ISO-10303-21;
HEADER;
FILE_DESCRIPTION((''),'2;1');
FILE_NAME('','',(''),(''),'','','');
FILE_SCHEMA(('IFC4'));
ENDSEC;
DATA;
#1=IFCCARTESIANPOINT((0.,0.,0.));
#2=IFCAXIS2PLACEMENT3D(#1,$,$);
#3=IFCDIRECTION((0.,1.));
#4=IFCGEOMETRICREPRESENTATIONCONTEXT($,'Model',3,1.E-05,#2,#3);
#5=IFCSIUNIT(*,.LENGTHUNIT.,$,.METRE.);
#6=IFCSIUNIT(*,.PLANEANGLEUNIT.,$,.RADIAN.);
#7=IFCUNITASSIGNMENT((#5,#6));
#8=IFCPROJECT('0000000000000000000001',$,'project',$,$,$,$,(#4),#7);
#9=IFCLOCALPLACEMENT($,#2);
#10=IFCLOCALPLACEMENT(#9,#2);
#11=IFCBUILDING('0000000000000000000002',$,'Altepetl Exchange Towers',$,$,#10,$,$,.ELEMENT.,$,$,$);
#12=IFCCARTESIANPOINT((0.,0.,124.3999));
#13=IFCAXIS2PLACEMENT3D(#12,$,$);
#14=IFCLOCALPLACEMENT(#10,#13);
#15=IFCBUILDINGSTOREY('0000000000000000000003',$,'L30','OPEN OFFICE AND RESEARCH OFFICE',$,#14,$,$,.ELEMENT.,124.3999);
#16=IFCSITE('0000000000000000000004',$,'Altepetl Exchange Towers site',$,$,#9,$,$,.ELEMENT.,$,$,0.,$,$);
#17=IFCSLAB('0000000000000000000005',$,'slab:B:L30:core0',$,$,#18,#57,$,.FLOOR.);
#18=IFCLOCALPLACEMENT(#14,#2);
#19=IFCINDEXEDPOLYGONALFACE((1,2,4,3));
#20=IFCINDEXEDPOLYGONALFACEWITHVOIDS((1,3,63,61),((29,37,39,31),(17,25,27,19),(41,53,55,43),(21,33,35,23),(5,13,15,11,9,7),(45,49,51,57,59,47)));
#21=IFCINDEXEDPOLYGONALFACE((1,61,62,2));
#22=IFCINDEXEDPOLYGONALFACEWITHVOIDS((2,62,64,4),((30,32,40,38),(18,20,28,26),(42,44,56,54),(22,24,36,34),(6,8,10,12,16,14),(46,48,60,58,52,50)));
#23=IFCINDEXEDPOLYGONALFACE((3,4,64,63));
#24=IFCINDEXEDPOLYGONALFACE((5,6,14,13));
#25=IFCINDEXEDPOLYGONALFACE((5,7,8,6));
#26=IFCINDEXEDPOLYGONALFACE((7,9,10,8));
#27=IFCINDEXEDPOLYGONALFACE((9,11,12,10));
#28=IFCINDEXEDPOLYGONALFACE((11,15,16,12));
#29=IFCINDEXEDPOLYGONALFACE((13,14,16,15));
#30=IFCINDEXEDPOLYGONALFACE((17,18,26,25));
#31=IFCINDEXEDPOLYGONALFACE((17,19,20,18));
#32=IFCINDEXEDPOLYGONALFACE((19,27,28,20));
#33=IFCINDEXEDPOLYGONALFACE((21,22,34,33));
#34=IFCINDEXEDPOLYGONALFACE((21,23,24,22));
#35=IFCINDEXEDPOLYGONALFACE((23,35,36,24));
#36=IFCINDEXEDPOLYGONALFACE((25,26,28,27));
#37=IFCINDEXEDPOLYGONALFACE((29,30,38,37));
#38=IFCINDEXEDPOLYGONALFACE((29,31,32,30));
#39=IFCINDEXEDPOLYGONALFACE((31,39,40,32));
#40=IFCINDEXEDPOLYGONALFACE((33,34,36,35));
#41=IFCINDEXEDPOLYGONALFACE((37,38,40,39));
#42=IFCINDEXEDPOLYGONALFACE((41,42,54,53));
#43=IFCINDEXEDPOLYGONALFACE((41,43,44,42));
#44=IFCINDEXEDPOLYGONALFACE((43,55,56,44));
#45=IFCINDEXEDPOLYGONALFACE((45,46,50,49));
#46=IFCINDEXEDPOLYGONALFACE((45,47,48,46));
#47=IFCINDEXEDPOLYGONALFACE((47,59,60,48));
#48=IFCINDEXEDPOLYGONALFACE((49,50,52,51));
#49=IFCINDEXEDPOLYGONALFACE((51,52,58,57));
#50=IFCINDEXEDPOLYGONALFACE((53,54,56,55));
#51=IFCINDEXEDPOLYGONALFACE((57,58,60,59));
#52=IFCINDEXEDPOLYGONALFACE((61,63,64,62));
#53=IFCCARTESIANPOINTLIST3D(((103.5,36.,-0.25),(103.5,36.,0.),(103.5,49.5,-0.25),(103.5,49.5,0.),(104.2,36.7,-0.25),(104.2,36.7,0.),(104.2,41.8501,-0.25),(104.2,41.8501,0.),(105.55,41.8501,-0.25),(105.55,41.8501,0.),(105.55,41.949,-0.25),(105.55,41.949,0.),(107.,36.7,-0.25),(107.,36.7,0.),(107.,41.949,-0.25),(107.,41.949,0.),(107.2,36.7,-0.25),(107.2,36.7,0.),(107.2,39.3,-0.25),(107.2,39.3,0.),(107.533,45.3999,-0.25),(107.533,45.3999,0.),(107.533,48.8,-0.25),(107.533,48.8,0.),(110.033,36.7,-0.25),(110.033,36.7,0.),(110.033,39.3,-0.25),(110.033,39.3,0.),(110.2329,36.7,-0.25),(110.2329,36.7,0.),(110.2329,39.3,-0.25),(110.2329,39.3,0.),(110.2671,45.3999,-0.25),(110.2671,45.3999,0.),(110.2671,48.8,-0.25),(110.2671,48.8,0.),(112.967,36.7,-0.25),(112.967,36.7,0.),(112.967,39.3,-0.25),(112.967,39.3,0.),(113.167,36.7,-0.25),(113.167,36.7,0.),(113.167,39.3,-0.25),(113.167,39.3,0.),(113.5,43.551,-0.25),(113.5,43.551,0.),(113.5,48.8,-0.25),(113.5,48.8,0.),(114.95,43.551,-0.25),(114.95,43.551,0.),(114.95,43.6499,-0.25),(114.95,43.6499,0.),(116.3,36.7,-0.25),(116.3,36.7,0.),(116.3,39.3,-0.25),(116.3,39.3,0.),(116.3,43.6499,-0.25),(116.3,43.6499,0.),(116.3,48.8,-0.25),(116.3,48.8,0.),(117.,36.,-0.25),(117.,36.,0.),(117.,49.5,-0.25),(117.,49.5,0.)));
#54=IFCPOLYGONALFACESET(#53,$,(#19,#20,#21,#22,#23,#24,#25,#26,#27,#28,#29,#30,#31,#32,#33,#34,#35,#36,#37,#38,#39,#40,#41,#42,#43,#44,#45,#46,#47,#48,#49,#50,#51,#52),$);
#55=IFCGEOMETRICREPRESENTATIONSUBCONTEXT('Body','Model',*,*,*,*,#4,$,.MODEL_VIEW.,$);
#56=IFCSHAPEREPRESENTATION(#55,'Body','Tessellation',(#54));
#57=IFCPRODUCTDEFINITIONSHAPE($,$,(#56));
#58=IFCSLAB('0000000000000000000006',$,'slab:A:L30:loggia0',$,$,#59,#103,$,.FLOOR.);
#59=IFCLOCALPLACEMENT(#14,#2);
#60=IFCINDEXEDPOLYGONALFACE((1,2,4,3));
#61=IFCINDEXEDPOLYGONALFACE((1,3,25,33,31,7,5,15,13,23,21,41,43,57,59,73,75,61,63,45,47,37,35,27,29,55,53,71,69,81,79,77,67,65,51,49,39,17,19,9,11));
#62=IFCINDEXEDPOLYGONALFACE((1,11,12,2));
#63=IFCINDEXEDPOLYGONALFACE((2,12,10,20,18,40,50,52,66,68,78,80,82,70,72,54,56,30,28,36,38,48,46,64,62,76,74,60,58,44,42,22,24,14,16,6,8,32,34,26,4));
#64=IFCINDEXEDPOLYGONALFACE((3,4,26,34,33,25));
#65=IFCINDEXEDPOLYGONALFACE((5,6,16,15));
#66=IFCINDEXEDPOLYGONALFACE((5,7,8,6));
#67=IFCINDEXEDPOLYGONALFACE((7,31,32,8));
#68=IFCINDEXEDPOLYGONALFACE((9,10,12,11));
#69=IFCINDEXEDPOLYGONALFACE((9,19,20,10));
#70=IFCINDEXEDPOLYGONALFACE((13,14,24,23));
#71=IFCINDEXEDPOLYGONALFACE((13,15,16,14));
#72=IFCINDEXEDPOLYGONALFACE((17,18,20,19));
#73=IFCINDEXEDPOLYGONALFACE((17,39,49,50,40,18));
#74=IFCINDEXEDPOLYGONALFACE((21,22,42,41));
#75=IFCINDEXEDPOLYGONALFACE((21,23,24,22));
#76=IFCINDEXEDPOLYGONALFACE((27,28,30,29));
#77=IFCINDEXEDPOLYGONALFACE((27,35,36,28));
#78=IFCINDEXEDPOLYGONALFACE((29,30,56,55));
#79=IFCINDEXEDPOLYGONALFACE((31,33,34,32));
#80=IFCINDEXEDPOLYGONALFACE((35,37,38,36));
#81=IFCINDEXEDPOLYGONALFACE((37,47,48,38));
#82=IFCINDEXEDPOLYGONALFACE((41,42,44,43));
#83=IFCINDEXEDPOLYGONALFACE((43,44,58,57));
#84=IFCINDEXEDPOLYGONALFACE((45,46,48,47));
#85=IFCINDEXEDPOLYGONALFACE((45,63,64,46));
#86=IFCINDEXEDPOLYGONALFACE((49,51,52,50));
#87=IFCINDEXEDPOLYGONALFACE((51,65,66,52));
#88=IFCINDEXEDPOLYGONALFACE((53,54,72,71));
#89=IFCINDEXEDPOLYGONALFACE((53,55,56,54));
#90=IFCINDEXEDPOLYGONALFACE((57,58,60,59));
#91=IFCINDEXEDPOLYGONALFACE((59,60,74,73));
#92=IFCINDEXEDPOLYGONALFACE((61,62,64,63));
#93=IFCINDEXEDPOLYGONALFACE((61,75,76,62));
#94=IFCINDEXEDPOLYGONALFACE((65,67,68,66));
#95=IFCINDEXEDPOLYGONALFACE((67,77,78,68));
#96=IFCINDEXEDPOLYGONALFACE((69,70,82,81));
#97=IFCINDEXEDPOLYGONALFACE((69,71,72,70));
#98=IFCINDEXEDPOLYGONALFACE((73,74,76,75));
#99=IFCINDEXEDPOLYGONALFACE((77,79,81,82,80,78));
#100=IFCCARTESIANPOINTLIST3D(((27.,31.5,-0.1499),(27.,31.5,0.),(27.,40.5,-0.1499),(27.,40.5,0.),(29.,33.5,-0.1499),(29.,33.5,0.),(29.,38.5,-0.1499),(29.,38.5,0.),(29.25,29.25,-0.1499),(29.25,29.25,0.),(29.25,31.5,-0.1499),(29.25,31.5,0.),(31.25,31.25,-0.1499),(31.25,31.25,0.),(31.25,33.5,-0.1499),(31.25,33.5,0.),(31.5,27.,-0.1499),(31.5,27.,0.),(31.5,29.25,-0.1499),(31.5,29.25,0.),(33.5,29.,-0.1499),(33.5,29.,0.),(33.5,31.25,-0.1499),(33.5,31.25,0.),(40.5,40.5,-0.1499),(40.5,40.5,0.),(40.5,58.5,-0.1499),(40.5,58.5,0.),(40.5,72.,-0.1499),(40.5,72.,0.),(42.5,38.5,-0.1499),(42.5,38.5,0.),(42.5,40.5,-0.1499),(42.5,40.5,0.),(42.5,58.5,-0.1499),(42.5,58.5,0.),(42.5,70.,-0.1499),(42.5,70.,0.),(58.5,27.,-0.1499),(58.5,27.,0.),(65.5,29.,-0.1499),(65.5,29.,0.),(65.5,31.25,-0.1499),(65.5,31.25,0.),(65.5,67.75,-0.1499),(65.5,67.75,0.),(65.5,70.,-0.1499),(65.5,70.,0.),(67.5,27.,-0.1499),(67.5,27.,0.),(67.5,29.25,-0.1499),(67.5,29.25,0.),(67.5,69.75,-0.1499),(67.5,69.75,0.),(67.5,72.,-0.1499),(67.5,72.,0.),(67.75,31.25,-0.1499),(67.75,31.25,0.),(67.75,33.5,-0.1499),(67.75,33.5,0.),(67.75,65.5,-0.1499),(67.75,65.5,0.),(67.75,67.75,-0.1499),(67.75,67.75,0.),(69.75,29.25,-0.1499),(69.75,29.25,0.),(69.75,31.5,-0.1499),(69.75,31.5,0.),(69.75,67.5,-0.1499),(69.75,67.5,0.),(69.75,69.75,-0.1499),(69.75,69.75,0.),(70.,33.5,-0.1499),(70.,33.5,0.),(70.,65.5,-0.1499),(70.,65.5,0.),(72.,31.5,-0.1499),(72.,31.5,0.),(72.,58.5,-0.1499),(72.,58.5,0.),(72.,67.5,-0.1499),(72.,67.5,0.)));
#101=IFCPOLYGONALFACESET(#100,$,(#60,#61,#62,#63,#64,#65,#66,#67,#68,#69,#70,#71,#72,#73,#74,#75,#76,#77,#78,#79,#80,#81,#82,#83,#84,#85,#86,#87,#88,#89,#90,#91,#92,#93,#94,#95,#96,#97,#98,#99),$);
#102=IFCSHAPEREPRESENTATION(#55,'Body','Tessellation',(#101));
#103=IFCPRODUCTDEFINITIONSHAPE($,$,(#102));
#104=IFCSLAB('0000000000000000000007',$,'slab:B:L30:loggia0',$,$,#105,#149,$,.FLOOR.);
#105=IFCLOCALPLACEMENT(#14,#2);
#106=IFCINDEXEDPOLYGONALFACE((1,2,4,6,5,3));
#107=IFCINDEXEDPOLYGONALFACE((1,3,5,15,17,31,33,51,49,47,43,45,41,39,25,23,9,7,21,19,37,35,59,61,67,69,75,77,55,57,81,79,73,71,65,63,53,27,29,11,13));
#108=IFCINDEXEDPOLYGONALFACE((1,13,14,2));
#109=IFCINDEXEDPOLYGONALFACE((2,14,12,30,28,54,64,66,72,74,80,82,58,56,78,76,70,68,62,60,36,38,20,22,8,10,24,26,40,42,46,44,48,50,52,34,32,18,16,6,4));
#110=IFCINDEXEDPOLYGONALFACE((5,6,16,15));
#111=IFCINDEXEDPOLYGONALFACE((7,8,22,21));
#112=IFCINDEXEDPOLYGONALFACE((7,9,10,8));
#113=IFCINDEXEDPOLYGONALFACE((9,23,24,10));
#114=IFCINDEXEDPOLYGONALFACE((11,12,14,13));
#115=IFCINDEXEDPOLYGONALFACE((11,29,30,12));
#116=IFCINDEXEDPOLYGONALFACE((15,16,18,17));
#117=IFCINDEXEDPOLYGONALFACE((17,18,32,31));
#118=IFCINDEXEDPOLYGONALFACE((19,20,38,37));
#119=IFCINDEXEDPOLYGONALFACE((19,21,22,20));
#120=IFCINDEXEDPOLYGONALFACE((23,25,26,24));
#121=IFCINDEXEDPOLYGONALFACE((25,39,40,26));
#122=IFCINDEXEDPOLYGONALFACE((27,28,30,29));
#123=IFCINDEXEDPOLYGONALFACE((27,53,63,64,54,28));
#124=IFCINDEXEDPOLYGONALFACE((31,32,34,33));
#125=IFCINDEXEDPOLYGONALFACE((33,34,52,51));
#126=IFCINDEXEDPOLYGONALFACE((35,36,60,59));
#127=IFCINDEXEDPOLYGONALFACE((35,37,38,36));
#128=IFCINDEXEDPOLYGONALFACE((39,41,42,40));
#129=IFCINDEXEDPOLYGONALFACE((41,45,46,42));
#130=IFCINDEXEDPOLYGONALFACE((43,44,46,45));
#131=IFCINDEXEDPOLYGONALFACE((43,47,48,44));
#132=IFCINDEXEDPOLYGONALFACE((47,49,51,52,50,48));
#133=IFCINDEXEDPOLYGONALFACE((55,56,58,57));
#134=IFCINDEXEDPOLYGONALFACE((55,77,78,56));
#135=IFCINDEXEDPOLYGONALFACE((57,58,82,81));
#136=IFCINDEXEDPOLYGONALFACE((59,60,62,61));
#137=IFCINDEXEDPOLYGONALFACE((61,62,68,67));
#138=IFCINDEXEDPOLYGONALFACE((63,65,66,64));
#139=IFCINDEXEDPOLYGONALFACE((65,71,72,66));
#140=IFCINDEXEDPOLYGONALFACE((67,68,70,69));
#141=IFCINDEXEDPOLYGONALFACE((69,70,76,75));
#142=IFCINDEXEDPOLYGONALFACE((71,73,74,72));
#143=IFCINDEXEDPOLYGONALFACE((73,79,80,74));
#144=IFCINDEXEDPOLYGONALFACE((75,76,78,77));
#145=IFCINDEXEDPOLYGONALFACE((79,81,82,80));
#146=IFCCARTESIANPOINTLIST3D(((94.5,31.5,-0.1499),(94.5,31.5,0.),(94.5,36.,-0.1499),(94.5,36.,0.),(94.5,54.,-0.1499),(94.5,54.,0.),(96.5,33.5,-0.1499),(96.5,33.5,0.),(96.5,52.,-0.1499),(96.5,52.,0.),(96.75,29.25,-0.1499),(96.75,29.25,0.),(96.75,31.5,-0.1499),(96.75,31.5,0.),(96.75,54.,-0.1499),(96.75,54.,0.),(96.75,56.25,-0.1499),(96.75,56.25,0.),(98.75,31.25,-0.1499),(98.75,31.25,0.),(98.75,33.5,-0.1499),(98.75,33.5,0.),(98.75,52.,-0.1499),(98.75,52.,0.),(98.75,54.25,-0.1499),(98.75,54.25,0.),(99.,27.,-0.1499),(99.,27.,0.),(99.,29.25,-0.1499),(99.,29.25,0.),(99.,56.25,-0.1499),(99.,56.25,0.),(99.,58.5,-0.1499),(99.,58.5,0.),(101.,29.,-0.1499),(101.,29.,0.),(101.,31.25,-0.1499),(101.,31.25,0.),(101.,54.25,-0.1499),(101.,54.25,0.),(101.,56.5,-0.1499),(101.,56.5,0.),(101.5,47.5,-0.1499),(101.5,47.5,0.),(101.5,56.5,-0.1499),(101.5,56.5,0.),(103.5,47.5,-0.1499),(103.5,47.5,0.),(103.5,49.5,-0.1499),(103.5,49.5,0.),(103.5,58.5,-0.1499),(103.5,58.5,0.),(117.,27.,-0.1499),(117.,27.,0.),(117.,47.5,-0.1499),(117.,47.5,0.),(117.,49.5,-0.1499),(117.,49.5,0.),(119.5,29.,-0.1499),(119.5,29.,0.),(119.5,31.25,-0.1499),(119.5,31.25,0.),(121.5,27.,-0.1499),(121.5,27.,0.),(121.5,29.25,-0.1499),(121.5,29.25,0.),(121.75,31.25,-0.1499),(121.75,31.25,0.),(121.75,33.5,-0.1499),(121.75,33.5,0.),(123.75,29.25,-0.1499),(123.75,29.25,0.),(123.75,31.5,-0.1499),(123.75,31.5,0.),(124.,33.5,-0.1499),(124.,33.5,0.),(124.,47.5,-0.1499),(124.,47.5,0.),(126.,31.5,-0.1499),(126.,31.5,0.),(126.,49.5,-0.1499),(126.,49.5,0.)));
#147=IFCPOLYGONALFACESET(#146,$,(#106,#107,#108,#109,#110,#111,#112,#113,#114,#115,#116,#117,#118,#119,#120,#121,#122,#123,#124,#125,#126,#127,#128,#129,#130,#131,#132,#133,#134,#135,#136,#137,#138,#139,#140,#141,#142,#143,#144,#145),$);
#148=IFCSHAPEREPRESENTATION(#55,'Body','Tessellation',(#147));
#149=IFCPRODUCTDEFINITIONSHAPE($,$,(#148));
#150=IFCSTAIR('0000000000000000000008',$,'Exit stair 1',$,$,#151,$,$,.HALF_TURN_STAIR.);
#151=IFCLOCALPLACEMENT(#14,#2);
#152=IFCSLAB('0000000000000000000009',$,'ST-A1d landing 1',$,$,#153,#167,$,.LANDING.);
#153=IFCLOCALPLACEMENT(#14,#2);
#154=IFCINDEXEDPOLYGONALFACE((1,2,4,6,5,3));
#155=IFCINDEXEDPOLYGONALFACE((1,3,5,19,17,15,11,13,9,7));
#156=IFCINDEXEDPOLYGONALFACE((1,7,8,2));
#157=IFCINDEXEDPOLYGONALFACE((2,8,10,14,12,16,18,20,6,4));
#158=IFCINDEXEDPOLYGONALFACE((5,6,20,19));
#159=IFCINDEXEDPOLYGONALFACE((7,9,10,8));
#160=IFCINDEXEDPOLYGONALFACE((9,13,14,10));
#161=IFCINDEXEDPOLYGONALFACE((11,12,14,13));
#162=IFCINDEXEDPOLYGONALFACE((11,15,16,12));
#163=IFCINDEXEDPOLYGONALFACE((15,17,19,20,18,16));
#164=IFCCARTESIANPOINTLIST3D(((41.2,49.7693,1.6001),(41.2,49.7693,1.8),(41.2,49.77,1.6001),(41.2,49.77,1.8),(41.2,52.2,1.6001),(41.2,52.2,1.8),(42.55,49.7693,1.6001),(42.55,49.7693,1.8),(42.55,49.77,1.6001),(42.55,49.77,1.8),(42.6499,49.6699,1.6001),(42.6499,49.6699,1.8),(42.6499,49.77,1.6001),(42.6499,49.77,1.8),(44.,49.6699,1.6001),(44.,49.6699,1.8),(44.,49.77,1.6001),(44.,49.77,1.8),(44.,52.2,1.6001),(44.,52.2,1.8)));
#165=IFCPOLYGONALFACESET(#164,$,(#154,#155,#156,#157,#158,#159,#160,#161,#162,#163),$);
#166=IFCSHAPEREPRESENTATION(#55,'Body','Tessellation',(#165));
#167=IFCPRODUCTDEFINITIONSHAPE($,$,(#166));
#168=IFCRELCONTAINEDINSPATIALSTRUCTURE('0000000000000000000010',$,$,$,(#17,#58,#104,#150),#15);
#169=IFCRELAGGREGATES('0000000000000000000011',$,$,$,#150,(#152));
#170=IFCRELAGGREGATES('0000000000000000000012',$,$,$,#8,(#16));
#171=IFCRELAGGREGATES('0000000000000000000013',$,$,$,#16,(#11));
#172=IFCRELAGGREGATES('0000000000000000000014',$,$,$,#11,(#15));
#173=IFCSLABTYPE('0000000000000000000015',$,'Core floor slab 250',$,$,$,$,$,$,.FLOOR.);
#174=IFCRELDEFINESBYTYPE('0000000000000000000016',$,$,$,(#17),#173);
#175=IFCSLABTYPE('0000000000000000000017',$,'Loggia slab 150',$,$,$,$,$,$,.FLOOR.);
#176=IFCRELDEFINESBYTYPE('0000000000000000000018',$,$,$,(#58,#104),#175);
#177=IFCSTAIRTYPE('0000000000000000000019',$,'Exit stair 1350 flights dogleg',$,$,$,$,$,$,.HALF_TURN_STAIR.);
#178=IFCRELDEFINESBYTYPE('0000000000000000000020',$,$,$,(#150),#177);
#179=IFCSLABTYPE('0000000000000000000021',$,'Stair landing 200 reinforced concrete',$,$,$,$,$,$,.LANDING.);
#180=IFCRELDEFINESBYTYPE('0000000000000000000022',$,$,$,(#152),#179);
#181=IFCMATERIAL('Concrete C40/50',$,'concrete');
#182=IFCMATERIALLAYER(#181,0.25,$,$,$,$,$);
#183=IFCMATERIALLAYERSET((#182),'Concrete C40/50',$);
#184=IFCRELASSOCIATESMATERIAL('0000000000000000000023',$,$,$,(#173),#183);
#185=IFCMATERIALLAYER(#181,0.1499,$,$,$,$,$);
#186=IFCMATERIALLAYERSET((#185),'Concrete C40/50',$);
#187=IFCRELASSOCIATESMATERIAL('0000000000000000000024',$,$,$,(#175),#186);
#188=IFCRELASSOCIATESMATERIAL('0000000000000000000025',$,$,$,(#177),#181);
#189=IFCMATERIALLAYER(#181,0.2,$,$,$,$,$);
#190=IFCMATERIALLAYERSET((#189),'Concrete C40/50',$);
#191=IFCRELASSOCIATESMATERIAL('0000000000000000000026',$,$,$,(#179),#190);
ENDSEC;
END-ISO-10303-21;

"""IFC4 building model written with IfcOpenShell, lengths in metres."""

from ifc_helpers import new_model, si_unit, direction, frame, origin, place, context, subcontext, project, spatial, polyline, outline, extrude, material, layer, layer_set, type_object, element, aggregate, save


model = new_model("IFC4")

# Units and contexts
model_context = context("Model", 3, precision=1e-05, world=origin(), true_north=direction((0.0, 1.0)))
body_context = subcontext(model_context, "Body", "Model", "MODEL_VIEW")
ifc_project = project(units=[si_unit("LENGTHUNIT", "METRE"), si_unit("PLANEANGLEUNIT", "RADIAN")], contexts=[model_context])

# Site, building, storey
site_placement = place(None, origin())
site = spatial("IfcSite", under=ifc_project, at=site_placement, Name="Altepetl Exchange Towers site", CompositionType="ELEMENT", RefElevation=0.0)
building_placement = place(site_placement, origin())
building = spatial("IfcBuilding", under=site, at=building_placement, Name="Altepetl Exchange Towers", CompositionType="ELEMENT")
storey_placement = place(building_placement, frame((0.0, 0.0, 124.3999)))
storey = spatial("IfcBuildingStorey", under=building, at=storey_placement, Name="L30", Description="OPEN OFFICE AND RESEARCH OFFICE", CompositionType="ELEMENT", Elevation=124.3999)

# Slabs
ifc_material_1 = material(Name="Concrete C40/50", Category="concrete")
ifc_layer_1 = layer(ifc_material_1, 0.25)
ifc_layer_set_1 = layer_set([ifc_layer_1], Name="Concrete C40/50")
slab_type_1 = type_object("IfcSlabType", Name="Core floor slab 250", PredefinedType="FLOOR", material=ifc_layer_set_1)
slab_1_placement = place(storey_placement, frame((0.0, 0.0, -0.25)))
element("IfcSlab", 1, at=slab_1_placement, inside=storey, type_object=slab_type_1, Name="slab:B:L30:core0", PredefinedType="FLOOR", context=body_context, shape_type="SweptSolid", body=[
    extrude(outline(polyline([(103.5, 36.0), (117.0, 36.0), (117.0, 49.5), (103.5, 49.5), (103.5, 36.0)]), holes=[polyline([(107.2, 36.7), (107.2, 39.3), (110.033, 39.3), (110.033, 36.7), (107.2, 36.7)]), polyline([(110.2329, 39.3), (112.967, 39.3), (112.967, 36.7), (110.2329, 36.7), (110.2329, 39.3)]), polyline([(113.167, 39.3), (116.3, 39.3), (116.3, 36.7), (113.167, 36.7), (113.167, 39.3)]), polyline([(107.0, 36.7), (104.2, 36.7), (104.2, 41.8501), (105.55, 41.8501), (105.55, 41.949), (107.0, 41.949), (107.0, 36.7)]), polyline([(116.3, 48.8), (116.3, 43.6499), (114.95, 43.6499), (114.95, 43.551), (113.5, 43.551), (113.5, 48.8), (116.3, 48.8)]), polyline([(107.533, 48.8), (110.2671, 48.8), (110.2671, 45.3999), (107.533, 45.3999), (107.533, 48.8)])]), origin(), (0.0, 0.0, 1.0), 0.25),
])
ifc_layer_2 = layer(ifc_material_1, 0.1499)
ifc_layer_set_2 = layer_set([ifc_layer_2], Name="Concrete C40/50")
slab_type_2 = type_object("IfcSlabType", Name="Loggia slab 150", PredefinedType="FLOOR", material=ifc_layer_set_2)
slab_2_placement = place(storey_placement, frame((0.0, 0.0, -0.1499)))
element("IfcSlab", 2, at=slab_2_placement, inside=storey, type_object=slab_type_2, Name="slab:A:L30:loggia0", PredefinedType="FLOOR", context=body_context, shape_type="SweptSolid", body=[
    extrude(outline(polyline([(40.5, 72.0), (40.5, 58.5), (42.5, 58.5), (42.5, 70.0), (65.5, 70.0), (65.5, 67.75), (67.75, 67.75), (67.75, 65.5), (70.0, 65.5), (70.0, 33.5), (67.75, 33.5), (67.75, 31.25), (65.5, 31.25), (65.5, 29.0), (33.5, 29.0), (33.5, 31.25), (31.25, 31.25), (31.25, 33.5), (29.0, 33.5), (29.0, 38.5), (42.5, 38.5), (42.5, 40.5), (40.5, 40.5), (27.0, 40.5), (27.0, 31.5), (29.25, 31.5), (29.25, 29.25), (31.5, 29.25), (31.5, 27.0), (58.5, 27.0), (67.5, 27.0), (67.5, 29.25), (69.75, 29.25), (69.75, 31.5), (72.0, 31.5), (72.0, 58.5), (72.0, 67.5), (69.75, 67.5), (69.75, 69.75), (67.5, 69.75), (67.5, 72.0), (40.5, 72.0)])), origin(), (0.0, 0.0, 1.0), 0.1499),
])
slab_3_placement = place(storey_placement, frame((0.0, 0.0, -0.1499)))
element("IfcSlab", 3, at=slab_3_placement, inside=storey, type_object=slab_type_2, Name="slab:B:L30:loggia0", PredefinedType="FLOOR", context=body_context, shape_type="SweptSolid", body=[
    extrude(outline(polyline([(96.75, 54.0), (94.5, 54.0), (94.5, 36.0), (94.5, 31.5), (96.75, 31.5), (96.75, 29.25), (99.0, 29.25), (99.0, 27.0), (117.0, 27.0), (121.5, 27.0), (121.5, 29.25), (123.75, 29.25), (123.75, 31.5), (126.0, 31.5), (126.0, 49.5), (117.0, 49.5), (117.0, 47.5), (124.0, 47.5), (124.0, 33.5), (121.75, 33.5), (121.75, 31.25), (119.5, 31.25), (119.5, 29.0), (101.0, 29.0), (101.0, 31.25), (98.75, 31.25), (98.75, 33.5), (96.5, 33.5), (96.5, 52.0), (98.75, 52.0), (98.75, 54.25), (101.0, 54.25), (101.0, 56.5), (101.5, 56.5), (101.5, 47.5), (103.5, 47.5), (103.5, 49.5), (103.5, 58.5), (99.0, 58.5), (99.0, 56.25), (96.75, 56.25), (96.75, 54.0)])), origin(), (0.0, 0.0, 1.0), 0.1499),
])

# Stair, slab
stair_type = type_object("IfcStairType", Name="Exit stair 1350 flights dogleg", PredefinedType="HALF_TURN_STAIR", material=ifc_material_1)
stair_1_placement = place(storey_placement, origin())
stair_1 = element("IfcStair", 4, at=stair_1_placement, inside=storey, type_object=stair_type, Name="Exit stair 1", PredefinedType="HALF_TURN_STAIR")
ifc_layer_3 = layer(ifc_material_1, 0.2)
ifc_layer_set_3 = layer_set([ifc_layer_3], Name="Concrete C40/50")
slab_type_3 = type_object("IfcSlabType", Name="Stair landing 200 reinforced concrete", PredefinedType="LANDING", material=ifc_layer_set_3)
slab_4_placement = place(storey_placement, frame((0.0, 0.0, 1.6001)))
slab_4 = element("IfcSlab", 5, at=slab_4_placement, type_object=slab_type_3, Name="ST-A1d landing 1", PredefinedType="LANDING", context=body_context, shape_type="SweptSolid", body=[
    extrude(outline(polyline([(44.0, 49.6699), (42.6499, 49.6699), (42.6499, 49.77), (42.55, 49.77), (42.55, 49.7693), (41.2, 49.7693), (41.2, 49.77), (41.2, 52.2), (44.0, 52.2), (44.0, 49.77), (44.0, 49.6699)])), origin(), (0.0, 0.0, 1.0), 0.2),
])
aggregate(stair_1, [slab_4])

save(model, "model.ifc")
